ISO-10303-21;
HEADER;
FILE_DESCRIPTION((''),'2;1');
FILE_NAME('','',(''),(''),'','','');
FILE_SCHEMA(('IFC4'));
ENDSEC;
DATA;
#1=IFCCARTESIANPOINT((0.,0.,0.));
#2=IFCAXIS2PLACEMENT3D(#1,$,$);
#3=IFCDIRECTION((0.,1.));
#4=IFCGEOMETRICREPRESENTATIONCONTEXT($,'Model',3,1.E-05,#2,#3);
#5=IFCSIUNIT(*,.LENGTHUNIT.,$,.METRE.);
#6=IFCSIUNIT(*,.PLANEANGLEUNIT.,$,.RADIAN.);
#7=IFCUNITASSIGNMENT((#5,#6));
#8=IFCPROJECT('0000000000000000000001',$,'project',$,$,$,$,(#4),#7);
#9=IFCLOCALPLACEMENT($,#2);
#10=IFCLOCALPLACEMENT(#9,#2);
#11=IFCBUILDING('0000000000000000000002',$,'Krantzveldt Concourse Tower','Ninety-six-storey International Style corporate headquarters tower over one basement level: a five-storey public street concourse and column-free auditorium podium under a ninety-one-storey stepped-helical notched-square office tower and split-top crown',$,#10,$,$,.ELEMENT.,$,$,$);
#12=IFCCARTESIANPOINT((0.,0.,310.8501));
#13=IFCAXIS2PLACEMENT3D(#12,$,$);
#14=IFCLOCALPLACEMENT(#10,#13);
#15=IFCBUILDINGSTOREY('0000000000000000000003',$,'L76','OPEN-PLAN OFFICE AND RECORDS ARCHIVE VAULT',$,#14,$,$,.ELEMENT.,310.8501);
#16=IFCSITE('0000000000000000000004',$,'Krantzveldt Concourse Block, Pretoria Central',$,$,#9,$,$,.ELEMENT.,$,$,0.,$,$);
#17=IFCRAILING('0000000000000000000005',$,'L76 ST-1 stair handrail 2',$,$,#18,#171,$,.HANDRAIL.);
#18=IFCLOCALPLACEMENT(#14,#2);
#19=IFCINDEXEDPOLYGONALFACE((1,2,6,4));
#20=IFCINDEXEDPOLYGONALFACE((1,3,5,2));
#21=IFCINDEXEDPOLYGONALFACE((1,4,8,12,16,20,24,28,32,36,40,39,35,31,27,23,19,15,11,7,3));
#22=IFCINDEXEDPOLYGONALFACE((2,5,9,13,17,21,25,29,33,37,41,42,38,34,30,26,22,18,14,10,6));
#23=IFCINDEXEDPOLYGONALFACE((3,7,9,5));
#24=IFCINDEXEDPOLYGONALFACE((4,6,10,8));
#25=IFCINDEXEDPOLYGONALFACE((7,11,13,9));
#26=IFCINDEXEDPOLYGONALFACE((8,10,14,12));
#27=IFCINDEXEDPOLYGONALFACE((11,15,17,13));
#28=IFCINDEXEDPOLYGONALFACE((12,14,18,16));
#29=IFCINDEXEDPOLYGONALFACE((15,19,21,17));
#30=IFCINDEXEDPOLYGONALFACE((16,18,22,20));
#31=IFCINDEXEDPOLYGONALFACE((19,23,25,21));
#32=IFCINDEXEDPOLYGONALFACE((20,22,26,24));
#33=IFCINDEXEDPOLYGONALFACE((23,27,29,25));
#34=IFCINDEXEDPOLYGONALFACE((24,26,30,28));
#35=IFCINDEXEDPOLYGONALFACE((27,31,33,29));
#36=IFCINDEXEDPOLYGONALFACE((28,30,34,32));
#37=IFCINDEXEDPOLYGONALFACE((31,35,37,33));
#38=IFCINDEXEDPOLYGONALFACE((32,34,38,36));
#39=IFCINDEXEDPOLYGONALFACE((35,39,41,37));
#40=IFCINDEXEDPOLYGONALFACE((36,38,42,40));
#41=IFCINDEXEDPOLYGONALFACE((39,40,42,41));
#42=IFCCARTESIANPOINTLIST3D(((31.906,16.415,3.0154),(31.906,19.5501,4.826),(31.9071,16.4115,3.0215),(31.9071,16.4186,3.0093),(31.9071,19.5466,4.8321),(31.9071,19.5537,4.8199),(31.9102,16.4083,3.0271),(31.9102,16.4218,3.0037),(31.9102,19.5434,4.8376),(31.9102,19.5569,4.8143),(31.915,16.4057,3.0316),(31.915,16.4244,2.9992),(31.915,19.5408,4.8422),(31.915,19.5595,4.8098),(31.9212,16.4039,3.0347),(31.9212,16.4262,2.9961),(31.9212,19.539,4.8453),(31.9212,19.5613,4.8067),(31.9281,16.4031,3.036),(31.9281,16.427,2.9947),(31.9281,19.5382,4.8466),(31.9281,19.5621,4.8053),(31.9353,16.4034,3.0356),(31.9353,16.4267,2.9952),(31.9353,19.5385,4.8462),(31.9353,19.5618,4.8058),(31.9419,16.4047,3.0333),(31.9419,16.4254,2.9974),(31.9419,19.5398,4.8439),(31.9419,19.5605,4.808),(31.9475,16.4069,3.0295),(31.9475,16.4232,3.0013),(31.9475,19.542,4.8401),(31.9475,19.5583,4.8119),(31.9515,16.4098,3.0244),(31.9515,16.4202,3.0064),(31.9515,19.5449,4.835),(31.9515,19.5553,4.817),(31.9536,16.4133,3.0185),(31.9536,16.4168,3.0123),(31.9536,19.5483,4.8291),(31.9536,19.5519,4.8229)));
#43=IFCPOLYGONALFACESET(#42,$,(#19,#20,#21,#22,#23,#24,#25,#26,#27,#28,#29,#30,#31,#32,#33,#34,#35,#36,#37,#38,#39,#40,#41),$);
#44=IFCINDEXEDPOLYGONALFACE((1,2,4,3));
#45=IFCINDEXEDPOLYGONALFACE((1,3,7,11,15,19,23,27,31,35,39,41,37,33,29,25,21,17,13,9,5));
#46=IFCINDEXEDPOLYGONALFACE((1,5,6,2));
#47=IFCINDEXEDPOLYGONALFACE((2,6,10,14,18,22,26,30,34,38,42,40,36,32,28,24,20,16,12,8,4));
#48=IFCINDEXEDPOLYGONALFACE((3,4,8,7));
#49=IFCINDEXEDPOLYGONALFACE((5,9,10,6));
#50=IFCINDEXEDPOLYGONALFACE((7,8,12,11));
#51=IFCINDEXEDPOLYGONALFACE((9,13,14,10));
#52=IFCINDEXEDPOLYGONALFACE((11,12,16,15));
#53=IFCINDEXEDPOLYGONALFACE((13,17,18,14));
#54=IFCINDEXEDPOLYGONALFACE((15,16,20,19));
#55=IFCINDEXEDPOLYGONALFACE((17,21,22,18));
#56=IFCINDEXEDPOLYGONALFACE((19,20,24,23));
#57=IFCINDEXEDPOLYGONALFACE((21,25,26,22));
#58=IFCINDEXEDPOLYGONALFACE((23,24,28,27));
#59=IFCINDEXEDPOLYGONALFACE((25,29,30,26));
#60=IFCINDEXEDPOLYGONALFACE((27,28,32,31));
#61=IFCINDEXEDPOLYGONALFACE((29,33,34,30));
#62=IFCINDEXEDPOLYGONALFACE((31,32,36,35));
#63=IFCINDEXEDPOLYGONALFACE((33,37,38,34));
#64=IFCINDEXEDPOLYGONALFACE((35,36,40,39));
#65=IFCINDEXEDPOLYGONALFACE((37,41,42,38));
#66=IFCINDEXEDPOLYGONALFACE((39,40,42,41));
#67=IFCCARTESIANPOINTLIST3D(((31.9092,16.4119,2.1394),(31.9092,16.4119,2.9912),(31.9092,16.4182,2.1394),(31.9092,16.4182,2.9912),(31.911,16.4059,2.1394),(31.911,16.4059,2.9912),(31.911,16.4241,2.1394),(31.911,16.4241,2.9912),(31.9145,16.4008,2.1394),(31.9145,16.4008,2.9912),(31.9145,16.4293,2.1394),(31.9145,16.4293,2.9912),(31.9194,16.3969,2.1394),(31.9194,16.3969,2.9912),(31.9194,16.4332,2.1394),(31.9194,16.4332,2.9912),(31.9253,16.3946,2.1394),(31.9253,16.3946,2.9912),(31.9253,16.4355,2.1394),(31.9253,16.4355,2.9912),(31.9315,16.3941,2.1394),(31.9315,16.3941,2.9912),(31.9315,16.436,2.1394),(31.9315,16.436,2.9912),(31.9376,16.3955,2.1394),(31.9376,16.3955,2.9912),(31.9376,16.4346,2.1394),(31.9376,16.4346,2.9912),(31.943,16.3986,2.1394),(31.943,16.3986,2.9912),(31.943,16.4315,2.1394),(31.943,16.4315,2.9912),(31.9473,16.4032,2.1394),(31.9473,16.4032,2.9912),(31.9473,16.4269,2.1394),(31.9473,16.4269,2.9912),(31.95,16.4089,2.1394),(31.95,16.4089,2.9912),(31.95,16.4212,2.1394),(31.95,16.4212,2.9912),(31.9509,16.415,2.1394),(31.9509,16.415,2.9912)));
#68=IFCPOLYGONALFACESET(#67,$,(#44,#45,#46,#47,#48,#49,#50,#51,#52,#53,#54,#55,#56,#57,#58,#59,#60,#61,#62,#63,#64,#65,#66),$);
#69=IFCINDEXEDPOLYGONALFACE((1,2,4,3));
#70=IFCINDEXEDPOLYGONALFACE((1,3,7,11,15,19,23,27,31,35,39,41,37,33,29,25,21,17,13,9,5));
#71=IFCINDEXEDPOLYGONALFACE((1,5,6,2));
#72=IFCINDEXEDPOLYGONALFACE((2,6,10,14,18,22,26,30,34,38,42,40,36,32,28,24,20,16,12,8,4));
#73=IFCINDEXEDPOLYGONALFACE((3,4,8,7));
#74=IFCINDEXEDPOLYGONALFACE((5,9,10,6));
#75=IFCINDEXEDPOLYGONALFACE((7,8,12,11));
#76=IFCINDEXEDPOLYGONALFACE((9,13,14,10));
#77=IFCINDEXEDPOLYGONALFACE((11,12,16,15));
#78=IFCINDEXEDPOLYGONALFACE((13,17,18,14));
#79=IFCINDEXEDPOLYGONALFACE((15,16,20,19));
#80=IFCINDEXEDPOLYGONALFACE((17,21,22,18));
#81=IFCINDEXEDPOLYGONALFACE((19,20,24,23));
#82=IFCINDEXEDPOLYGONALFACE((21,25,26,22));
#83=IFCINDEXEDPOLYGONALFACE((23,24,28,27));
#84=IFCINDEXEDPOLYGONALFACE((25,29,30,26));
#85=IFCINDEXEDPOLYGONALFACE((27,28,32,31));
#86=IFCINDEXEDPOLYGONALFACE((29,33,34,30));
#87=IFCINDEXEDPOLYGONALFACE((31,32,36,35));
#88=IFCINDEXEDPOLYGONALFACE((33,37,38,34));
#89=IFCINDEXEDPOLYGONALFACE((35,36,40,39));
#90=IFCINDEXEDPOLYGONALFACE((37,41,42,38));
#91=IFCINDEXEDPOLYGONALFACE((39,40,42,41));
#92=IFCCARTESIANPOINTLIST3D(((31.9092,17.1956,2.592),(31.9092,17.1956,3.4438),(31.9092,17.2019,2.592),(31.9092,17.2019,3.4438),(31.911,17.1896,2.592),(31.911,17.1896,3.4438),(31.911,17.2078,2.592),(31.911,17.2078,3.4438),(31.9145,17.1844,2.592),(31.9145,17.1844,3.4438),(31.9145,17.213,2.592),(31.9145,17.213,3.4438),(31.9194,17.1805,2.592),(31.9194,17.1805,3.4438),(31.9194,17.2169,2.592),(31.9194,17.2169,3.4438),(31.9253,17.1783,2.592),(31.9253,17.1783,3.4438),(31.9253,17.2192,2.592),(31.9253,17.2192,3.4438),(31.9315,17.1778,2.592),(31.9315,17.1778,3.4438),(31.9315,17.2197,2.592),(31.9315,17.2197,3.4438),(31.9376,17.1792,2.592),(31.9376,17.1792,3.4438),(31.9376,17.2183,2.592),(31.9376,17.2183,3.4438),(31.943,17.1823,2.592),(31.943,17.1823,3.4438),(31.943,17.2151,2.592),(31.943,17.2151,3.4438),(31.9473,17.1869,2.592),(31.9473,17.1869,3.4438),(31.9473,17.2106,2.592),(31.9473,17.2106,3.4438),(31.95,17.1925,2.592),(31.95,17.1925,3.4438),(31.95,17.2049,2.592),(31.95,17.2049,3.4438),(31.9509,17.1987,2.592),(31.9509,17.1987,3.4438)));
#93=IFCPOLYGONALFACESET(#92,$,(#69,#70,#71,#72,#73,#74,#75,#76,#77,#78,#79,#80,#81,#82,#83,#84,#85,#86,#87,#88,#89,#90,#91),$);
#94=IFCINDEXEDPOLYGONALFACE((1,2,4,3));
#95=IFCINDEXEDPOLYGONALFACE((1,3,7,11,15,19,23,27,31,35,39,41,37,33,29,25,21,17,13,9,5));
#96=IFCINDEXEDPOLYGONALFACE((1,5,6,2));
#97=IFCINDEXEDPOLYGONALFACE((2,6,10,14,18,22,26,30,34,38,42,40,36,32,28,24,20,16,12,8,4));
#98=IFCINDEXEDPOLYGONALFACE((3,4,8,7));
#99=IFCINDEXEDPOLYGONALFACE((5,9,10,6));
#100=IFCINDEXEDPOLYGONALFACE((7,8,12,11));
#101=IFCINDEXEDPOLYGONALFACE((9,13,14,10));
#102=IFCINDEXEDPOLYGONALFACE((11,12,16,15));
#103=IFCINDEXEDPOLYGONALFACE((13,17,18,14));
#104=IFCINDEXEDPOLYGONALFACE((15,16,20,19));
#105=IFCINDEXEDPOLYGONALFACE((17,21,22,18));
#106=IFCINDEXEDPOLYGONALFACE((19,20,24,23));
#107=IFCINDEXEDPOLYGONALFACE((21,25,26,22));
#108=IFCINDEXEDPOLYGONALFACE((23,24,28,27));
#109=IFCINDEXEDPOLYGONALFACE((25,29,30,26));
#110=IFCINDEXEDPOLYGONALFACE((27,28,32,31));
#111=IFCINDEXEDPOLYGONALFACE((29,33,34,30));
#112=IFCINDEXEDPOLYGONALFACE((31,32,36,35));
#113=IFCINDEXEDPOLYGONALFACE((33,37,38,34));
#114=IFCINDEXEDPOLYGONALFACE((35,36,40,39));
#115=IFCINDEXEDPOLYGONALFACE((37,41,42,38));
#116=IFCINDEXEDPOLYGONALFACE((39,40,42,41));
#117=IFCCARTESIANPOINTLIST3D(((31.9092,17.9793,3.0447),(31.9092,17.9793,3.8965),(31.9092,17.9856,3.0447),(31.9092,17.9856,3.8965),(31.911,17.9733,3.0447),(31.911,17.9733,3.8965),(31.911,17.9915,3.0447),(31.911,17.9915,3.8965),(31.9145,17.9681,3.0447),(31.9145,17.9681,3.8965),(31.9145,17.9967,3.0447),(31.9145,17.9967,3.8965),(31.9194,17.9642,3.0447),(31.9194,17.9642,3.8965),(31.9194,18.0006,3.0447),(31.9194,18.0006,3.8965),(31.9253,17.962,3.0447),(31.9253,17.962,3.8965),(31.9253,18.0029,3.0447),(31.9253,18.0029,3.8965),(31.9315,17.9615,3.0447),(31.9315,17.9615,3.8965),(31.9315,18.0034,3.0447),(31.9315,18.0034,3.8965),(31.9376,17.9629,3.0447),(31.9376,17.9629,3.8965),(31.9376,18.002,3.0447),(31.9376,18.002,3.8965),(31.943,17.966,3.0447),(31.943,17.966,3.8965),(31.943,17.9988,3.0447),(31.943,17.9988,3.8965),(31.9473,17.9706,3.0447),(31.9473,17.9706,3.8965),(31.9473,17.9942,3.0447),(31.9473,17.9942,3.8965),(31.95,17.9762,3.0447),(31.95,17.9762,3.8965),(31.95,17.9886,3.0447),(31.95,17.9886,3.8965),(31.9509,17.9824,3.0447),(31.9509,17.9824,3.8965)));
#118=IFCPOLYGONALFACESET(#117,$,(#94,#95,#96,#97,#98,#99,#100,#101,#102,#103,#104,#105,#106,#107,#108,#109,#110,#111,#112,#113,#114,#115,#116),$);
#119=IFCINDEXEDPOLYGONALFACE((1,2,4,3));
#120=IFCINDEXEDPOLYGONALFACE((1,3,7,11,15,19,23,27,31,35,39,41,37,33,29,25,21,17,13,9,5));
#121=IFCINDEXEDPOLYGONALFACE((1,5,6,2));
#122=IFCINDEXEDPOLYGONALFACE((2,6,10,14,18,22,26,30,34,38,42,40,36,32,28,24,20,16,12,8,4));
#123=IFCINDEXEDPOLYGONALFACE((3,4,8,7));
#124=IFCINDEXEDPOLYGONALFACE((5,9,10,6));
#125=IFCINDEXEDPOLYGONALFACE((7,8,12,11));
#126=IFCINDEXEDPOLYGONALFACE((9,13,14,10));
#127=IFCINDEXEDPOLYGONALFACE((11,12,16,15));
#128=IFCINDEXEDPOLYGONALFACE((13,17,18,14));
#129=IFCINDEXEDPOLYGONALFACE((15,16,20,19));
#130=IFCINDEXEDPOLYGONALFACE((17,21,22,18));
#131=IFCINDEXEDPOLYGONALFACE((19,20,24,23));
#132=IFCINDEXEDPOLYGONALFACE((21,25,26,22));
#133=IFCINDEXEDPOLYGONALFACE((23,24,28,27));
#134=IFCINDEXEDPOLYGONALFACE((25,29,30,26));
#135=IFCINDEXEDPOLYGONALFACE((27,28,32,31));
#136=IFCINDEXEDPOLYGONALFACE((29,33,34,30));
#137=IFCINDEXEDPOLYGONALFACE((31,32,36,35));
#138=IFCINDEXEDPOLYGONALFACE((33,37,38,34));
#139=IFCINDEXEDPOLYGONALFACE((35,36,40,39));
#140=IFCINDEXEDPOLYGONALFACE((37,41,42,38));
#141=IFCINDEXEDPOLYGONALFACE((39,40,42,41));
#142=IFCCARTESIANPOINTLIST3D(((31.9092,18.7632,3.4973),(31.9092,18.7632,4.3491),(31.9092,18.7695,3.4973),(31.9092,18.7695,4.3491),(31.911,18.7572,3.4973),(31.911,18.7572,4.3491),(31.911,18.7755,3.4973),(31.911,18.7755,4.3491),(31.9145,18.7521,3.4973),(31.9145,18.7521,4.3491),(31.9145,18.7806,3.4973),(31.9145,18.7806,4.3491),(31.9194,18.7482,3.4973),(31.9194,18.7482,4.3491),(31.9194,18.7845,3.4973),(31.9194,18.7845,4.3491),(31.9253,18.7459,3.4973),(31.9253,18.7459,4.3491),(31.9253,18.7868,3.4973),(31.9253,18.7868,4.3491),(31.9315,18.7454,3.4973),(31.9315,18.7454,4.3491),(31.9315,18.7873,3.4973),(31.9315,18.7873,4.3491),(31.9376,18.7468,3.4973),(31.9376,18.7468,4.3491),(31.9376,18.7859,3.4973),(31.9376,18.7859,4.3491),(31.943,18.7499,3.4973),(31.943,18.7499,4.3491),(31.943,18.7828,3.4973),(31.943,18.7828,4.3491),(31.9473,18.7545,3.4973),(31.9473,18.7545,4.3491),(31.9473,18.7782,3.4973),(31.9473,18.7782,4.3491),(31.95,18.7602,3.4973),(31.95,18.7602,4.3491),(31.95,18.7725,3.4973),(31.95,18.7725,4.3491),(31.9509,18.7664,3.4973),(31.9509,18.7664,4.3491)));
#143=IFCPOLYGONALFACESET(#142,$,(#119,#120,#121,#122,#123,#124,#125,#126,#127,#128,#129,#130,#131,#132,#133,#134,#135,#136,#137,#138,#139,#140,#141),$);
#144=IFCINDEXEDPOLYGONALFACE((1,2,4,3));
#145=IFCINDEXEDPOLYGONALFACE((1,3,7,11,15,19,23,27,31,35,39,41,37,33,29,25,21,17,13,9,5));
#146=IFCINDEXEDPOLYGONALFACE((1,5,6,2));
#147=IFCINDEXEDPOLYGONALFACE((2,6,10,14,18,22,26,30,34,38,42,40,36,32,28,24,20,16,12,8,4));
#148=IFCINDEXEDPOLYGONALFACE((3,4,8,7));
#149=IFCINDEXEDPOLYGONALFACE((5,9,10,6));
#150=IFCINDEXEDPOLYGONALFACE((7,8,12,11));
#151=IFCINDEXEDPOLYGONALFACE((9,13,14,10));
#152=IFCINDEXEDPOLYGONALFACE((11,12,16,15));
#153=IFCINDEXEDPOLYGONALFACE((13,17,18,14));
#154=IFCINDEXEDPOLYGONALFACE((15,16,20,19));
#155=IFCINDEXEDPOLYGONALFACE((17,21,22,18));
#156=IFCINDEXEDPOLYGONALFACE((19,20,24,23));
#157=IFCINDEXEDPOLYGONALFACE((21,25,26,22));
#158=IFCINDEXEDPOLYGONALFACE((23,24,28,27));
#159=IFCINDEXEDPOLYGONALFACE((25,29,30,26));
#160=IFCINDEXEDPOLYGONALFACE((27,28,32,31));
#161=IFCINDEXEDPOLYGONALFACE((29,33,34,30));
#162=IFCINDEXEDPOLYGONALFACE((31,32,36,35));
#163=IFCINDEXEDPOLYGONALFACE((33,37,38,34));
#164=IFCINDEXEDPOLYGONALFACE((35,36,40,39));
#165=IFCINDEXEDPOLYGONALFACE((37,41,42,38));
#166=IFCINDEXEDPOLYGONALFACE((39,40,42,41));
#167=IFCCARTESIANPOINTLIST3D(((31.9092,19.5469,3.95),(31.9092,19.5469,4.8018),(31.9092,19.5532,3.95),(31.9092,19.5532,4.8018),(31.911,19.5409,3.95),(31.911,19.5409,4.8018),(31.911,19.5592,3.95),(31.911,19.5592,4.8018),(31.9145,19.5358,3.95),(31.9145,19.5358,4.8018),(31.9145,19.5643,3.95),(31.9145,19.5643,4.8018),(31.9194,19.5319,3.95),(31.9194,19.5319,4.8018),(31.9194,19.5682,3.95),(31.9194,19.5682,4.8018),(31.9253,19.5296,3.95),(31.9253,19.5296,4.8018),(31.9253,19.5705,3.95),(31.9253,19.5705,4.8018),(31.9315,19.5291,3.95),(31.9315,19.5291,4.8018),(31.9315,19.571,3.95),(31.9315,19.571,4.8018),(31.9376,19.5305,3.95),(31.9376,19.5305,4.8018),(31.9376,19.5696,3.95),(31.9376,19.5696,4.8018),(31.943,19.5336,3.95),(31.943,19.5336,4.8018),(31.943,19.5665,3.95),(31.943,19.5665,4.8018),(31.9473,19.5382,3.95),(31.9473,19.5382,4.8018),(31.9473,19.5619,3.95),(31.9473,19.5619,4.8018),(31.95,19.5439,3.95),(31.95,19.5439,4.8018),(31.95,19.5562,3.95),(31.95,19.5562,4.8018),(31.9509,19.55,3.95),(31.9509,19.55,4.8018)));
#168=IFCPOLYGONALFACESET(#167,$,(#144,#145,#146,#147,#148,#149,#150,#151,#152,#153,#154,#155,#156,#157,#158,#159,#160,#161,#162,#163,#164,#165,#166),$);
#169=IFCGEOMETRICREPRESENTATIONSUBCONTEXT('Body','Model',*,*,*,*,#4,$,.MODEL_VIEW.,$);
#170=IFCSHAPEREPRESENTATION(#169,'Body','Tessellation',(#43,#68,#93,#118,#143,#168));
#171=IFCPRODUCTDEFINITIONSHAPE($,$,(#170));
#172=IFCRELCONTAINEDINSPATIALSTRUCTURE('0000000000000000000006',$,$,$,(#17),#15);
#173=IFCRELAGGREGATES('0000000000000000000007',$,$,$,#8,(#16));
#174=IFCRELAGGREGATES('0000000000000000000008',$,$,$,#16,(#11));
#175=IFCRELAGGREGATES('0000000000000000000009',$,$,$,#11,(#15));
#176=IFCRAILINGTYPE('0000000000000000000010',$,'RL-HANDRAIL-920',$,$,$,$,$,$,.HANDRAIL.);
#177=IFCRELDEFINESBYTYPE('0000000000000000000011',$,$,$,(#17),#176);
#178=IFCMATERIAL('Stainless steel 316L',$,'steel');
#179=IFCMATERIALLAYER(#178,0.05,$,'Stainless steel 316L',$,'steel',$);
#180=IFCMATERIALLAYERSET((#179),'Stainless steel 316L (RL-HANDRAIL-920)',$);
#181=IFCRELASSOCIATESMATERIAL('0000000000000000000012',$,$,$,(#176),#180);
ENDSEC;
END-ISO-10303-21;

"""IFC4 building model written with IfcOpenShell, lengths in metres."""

from ifc_helpers import new_model, si_unit, direction, frame, origin, origin_2d, place, context, subcontext, project, spatial, circle, extrude, material, layer, layer_set, type_object, element, save


model = new_model("IFC4")

# Units and contexts
model_context = context("Model", 3, precision=1e-05, world=origin(), true_north=direction((0.0, 1.0)))
body_context = subcontext(model_context, "Body", "Model", "MODEL_VIEW")
ifc_project = project(units=[si_unit("LENGTHUNIT", "METRE"), si_unit("PLANEANGLEUNIT", "RADIAN")], contexts=[model_context])

# Site, building, storey
site_placement = place(None, origin())
site = spatial("IfcSite", under=ifc_project, at=site_placement, Name="Krantzveldt Concourse Block, Pretoria Central", CompositionType="ELEMENT", RefElevation=0.0)
building_placement = place(site_placement, origin())
building = spatial("IfcBuilding", under=site, at=building_placement, Name="Krantzveldt Concourse Tower", Description="Ninety-six-storey International Style corporate headquarters tower over one basement level: a five-storey public street concourse and column-free auditorium podium under a ninety-one-storey stepped-helical notched-square office tower and split-top crown", CompositionType="ELEMENT")
storey_placement = place(building_placement, frame((0.0, 0.0, 310.8501)))
storey = spatial("IfcBuildingStorey", under=building, at=storey_placement, Name="L76", Description="OPEN-PLAN OFFICE AND RECORDS ARCHIVE VAULT", CompositionType="ELEMENT", Elevation=310.8501)

# Shared definitions
ifc_material_1 = material(Name="Stainless steel 316L", Category="steel")

# Railing
ifc_layer_1 = layer(ifc_material_1, 0.05, Name="Stainless steel 316L", Category="steel")
ifc_layer_set_1 = layer_set([ifc_layer_1], Name="Stainless steel 316L (RL-HANDRAIL-920)")
railing_type_1 = type_object("IfcRailingType", Name="RL-HANDRAIL-920", PredefinedType="HANDRAIL", material=ifc_layer_set_1)
railing_1_placement = place(storey_placement, frame((31.9299, 16.415, 2.1394)))
element("IfcRailing", 1, at=railing_1_placement, inside=storey, type_object=railing_type_1, Name="L76 ST-1 stair handrail 2", PredefinedType="HANDRAIL", context=body_context, shape_type="SweptSolid", body=[
    extrude(circle(Radius=0.0239, at=origin_2d()), frame((0.0, 0.0, 0.876), z_axis=(0.0, 0.86596, 0.500114), x_axis=(-1.0, 0.0, 0.0)), (0.0, 0.0, 1.0), 3.6204),
    extrude(circle(Radius=0.021, at=origin_2d()), origin(), (0.0, 0.0, 1.0), 0.8518),
    extrude(circle(Radius=0.021, at=origin_2d()), frame((0.0, 0.7837, 0.4526)), (0.0, 0.0, 1.0), 0.8518),
    extrude(circle(Radius=0.021, at=origin_2d()), frame((0.0, 1.5674, 0.9053)), (0.0, 0.0, 1.0), 0.8518),
    extrude(circle(Radius=0.021, at=origin_2d()), frame((0.0, 2.3513, 1.3579)), (0.0, 0.0, 1.0), 0.8518),
    extrude(circle(Radius=0.021, at=origin_2d()), frame((0.0, 3.135, 1.8105)), (0.0, 0.0, 1.0), 0.8518),
])

save(model, "model.ifc")
